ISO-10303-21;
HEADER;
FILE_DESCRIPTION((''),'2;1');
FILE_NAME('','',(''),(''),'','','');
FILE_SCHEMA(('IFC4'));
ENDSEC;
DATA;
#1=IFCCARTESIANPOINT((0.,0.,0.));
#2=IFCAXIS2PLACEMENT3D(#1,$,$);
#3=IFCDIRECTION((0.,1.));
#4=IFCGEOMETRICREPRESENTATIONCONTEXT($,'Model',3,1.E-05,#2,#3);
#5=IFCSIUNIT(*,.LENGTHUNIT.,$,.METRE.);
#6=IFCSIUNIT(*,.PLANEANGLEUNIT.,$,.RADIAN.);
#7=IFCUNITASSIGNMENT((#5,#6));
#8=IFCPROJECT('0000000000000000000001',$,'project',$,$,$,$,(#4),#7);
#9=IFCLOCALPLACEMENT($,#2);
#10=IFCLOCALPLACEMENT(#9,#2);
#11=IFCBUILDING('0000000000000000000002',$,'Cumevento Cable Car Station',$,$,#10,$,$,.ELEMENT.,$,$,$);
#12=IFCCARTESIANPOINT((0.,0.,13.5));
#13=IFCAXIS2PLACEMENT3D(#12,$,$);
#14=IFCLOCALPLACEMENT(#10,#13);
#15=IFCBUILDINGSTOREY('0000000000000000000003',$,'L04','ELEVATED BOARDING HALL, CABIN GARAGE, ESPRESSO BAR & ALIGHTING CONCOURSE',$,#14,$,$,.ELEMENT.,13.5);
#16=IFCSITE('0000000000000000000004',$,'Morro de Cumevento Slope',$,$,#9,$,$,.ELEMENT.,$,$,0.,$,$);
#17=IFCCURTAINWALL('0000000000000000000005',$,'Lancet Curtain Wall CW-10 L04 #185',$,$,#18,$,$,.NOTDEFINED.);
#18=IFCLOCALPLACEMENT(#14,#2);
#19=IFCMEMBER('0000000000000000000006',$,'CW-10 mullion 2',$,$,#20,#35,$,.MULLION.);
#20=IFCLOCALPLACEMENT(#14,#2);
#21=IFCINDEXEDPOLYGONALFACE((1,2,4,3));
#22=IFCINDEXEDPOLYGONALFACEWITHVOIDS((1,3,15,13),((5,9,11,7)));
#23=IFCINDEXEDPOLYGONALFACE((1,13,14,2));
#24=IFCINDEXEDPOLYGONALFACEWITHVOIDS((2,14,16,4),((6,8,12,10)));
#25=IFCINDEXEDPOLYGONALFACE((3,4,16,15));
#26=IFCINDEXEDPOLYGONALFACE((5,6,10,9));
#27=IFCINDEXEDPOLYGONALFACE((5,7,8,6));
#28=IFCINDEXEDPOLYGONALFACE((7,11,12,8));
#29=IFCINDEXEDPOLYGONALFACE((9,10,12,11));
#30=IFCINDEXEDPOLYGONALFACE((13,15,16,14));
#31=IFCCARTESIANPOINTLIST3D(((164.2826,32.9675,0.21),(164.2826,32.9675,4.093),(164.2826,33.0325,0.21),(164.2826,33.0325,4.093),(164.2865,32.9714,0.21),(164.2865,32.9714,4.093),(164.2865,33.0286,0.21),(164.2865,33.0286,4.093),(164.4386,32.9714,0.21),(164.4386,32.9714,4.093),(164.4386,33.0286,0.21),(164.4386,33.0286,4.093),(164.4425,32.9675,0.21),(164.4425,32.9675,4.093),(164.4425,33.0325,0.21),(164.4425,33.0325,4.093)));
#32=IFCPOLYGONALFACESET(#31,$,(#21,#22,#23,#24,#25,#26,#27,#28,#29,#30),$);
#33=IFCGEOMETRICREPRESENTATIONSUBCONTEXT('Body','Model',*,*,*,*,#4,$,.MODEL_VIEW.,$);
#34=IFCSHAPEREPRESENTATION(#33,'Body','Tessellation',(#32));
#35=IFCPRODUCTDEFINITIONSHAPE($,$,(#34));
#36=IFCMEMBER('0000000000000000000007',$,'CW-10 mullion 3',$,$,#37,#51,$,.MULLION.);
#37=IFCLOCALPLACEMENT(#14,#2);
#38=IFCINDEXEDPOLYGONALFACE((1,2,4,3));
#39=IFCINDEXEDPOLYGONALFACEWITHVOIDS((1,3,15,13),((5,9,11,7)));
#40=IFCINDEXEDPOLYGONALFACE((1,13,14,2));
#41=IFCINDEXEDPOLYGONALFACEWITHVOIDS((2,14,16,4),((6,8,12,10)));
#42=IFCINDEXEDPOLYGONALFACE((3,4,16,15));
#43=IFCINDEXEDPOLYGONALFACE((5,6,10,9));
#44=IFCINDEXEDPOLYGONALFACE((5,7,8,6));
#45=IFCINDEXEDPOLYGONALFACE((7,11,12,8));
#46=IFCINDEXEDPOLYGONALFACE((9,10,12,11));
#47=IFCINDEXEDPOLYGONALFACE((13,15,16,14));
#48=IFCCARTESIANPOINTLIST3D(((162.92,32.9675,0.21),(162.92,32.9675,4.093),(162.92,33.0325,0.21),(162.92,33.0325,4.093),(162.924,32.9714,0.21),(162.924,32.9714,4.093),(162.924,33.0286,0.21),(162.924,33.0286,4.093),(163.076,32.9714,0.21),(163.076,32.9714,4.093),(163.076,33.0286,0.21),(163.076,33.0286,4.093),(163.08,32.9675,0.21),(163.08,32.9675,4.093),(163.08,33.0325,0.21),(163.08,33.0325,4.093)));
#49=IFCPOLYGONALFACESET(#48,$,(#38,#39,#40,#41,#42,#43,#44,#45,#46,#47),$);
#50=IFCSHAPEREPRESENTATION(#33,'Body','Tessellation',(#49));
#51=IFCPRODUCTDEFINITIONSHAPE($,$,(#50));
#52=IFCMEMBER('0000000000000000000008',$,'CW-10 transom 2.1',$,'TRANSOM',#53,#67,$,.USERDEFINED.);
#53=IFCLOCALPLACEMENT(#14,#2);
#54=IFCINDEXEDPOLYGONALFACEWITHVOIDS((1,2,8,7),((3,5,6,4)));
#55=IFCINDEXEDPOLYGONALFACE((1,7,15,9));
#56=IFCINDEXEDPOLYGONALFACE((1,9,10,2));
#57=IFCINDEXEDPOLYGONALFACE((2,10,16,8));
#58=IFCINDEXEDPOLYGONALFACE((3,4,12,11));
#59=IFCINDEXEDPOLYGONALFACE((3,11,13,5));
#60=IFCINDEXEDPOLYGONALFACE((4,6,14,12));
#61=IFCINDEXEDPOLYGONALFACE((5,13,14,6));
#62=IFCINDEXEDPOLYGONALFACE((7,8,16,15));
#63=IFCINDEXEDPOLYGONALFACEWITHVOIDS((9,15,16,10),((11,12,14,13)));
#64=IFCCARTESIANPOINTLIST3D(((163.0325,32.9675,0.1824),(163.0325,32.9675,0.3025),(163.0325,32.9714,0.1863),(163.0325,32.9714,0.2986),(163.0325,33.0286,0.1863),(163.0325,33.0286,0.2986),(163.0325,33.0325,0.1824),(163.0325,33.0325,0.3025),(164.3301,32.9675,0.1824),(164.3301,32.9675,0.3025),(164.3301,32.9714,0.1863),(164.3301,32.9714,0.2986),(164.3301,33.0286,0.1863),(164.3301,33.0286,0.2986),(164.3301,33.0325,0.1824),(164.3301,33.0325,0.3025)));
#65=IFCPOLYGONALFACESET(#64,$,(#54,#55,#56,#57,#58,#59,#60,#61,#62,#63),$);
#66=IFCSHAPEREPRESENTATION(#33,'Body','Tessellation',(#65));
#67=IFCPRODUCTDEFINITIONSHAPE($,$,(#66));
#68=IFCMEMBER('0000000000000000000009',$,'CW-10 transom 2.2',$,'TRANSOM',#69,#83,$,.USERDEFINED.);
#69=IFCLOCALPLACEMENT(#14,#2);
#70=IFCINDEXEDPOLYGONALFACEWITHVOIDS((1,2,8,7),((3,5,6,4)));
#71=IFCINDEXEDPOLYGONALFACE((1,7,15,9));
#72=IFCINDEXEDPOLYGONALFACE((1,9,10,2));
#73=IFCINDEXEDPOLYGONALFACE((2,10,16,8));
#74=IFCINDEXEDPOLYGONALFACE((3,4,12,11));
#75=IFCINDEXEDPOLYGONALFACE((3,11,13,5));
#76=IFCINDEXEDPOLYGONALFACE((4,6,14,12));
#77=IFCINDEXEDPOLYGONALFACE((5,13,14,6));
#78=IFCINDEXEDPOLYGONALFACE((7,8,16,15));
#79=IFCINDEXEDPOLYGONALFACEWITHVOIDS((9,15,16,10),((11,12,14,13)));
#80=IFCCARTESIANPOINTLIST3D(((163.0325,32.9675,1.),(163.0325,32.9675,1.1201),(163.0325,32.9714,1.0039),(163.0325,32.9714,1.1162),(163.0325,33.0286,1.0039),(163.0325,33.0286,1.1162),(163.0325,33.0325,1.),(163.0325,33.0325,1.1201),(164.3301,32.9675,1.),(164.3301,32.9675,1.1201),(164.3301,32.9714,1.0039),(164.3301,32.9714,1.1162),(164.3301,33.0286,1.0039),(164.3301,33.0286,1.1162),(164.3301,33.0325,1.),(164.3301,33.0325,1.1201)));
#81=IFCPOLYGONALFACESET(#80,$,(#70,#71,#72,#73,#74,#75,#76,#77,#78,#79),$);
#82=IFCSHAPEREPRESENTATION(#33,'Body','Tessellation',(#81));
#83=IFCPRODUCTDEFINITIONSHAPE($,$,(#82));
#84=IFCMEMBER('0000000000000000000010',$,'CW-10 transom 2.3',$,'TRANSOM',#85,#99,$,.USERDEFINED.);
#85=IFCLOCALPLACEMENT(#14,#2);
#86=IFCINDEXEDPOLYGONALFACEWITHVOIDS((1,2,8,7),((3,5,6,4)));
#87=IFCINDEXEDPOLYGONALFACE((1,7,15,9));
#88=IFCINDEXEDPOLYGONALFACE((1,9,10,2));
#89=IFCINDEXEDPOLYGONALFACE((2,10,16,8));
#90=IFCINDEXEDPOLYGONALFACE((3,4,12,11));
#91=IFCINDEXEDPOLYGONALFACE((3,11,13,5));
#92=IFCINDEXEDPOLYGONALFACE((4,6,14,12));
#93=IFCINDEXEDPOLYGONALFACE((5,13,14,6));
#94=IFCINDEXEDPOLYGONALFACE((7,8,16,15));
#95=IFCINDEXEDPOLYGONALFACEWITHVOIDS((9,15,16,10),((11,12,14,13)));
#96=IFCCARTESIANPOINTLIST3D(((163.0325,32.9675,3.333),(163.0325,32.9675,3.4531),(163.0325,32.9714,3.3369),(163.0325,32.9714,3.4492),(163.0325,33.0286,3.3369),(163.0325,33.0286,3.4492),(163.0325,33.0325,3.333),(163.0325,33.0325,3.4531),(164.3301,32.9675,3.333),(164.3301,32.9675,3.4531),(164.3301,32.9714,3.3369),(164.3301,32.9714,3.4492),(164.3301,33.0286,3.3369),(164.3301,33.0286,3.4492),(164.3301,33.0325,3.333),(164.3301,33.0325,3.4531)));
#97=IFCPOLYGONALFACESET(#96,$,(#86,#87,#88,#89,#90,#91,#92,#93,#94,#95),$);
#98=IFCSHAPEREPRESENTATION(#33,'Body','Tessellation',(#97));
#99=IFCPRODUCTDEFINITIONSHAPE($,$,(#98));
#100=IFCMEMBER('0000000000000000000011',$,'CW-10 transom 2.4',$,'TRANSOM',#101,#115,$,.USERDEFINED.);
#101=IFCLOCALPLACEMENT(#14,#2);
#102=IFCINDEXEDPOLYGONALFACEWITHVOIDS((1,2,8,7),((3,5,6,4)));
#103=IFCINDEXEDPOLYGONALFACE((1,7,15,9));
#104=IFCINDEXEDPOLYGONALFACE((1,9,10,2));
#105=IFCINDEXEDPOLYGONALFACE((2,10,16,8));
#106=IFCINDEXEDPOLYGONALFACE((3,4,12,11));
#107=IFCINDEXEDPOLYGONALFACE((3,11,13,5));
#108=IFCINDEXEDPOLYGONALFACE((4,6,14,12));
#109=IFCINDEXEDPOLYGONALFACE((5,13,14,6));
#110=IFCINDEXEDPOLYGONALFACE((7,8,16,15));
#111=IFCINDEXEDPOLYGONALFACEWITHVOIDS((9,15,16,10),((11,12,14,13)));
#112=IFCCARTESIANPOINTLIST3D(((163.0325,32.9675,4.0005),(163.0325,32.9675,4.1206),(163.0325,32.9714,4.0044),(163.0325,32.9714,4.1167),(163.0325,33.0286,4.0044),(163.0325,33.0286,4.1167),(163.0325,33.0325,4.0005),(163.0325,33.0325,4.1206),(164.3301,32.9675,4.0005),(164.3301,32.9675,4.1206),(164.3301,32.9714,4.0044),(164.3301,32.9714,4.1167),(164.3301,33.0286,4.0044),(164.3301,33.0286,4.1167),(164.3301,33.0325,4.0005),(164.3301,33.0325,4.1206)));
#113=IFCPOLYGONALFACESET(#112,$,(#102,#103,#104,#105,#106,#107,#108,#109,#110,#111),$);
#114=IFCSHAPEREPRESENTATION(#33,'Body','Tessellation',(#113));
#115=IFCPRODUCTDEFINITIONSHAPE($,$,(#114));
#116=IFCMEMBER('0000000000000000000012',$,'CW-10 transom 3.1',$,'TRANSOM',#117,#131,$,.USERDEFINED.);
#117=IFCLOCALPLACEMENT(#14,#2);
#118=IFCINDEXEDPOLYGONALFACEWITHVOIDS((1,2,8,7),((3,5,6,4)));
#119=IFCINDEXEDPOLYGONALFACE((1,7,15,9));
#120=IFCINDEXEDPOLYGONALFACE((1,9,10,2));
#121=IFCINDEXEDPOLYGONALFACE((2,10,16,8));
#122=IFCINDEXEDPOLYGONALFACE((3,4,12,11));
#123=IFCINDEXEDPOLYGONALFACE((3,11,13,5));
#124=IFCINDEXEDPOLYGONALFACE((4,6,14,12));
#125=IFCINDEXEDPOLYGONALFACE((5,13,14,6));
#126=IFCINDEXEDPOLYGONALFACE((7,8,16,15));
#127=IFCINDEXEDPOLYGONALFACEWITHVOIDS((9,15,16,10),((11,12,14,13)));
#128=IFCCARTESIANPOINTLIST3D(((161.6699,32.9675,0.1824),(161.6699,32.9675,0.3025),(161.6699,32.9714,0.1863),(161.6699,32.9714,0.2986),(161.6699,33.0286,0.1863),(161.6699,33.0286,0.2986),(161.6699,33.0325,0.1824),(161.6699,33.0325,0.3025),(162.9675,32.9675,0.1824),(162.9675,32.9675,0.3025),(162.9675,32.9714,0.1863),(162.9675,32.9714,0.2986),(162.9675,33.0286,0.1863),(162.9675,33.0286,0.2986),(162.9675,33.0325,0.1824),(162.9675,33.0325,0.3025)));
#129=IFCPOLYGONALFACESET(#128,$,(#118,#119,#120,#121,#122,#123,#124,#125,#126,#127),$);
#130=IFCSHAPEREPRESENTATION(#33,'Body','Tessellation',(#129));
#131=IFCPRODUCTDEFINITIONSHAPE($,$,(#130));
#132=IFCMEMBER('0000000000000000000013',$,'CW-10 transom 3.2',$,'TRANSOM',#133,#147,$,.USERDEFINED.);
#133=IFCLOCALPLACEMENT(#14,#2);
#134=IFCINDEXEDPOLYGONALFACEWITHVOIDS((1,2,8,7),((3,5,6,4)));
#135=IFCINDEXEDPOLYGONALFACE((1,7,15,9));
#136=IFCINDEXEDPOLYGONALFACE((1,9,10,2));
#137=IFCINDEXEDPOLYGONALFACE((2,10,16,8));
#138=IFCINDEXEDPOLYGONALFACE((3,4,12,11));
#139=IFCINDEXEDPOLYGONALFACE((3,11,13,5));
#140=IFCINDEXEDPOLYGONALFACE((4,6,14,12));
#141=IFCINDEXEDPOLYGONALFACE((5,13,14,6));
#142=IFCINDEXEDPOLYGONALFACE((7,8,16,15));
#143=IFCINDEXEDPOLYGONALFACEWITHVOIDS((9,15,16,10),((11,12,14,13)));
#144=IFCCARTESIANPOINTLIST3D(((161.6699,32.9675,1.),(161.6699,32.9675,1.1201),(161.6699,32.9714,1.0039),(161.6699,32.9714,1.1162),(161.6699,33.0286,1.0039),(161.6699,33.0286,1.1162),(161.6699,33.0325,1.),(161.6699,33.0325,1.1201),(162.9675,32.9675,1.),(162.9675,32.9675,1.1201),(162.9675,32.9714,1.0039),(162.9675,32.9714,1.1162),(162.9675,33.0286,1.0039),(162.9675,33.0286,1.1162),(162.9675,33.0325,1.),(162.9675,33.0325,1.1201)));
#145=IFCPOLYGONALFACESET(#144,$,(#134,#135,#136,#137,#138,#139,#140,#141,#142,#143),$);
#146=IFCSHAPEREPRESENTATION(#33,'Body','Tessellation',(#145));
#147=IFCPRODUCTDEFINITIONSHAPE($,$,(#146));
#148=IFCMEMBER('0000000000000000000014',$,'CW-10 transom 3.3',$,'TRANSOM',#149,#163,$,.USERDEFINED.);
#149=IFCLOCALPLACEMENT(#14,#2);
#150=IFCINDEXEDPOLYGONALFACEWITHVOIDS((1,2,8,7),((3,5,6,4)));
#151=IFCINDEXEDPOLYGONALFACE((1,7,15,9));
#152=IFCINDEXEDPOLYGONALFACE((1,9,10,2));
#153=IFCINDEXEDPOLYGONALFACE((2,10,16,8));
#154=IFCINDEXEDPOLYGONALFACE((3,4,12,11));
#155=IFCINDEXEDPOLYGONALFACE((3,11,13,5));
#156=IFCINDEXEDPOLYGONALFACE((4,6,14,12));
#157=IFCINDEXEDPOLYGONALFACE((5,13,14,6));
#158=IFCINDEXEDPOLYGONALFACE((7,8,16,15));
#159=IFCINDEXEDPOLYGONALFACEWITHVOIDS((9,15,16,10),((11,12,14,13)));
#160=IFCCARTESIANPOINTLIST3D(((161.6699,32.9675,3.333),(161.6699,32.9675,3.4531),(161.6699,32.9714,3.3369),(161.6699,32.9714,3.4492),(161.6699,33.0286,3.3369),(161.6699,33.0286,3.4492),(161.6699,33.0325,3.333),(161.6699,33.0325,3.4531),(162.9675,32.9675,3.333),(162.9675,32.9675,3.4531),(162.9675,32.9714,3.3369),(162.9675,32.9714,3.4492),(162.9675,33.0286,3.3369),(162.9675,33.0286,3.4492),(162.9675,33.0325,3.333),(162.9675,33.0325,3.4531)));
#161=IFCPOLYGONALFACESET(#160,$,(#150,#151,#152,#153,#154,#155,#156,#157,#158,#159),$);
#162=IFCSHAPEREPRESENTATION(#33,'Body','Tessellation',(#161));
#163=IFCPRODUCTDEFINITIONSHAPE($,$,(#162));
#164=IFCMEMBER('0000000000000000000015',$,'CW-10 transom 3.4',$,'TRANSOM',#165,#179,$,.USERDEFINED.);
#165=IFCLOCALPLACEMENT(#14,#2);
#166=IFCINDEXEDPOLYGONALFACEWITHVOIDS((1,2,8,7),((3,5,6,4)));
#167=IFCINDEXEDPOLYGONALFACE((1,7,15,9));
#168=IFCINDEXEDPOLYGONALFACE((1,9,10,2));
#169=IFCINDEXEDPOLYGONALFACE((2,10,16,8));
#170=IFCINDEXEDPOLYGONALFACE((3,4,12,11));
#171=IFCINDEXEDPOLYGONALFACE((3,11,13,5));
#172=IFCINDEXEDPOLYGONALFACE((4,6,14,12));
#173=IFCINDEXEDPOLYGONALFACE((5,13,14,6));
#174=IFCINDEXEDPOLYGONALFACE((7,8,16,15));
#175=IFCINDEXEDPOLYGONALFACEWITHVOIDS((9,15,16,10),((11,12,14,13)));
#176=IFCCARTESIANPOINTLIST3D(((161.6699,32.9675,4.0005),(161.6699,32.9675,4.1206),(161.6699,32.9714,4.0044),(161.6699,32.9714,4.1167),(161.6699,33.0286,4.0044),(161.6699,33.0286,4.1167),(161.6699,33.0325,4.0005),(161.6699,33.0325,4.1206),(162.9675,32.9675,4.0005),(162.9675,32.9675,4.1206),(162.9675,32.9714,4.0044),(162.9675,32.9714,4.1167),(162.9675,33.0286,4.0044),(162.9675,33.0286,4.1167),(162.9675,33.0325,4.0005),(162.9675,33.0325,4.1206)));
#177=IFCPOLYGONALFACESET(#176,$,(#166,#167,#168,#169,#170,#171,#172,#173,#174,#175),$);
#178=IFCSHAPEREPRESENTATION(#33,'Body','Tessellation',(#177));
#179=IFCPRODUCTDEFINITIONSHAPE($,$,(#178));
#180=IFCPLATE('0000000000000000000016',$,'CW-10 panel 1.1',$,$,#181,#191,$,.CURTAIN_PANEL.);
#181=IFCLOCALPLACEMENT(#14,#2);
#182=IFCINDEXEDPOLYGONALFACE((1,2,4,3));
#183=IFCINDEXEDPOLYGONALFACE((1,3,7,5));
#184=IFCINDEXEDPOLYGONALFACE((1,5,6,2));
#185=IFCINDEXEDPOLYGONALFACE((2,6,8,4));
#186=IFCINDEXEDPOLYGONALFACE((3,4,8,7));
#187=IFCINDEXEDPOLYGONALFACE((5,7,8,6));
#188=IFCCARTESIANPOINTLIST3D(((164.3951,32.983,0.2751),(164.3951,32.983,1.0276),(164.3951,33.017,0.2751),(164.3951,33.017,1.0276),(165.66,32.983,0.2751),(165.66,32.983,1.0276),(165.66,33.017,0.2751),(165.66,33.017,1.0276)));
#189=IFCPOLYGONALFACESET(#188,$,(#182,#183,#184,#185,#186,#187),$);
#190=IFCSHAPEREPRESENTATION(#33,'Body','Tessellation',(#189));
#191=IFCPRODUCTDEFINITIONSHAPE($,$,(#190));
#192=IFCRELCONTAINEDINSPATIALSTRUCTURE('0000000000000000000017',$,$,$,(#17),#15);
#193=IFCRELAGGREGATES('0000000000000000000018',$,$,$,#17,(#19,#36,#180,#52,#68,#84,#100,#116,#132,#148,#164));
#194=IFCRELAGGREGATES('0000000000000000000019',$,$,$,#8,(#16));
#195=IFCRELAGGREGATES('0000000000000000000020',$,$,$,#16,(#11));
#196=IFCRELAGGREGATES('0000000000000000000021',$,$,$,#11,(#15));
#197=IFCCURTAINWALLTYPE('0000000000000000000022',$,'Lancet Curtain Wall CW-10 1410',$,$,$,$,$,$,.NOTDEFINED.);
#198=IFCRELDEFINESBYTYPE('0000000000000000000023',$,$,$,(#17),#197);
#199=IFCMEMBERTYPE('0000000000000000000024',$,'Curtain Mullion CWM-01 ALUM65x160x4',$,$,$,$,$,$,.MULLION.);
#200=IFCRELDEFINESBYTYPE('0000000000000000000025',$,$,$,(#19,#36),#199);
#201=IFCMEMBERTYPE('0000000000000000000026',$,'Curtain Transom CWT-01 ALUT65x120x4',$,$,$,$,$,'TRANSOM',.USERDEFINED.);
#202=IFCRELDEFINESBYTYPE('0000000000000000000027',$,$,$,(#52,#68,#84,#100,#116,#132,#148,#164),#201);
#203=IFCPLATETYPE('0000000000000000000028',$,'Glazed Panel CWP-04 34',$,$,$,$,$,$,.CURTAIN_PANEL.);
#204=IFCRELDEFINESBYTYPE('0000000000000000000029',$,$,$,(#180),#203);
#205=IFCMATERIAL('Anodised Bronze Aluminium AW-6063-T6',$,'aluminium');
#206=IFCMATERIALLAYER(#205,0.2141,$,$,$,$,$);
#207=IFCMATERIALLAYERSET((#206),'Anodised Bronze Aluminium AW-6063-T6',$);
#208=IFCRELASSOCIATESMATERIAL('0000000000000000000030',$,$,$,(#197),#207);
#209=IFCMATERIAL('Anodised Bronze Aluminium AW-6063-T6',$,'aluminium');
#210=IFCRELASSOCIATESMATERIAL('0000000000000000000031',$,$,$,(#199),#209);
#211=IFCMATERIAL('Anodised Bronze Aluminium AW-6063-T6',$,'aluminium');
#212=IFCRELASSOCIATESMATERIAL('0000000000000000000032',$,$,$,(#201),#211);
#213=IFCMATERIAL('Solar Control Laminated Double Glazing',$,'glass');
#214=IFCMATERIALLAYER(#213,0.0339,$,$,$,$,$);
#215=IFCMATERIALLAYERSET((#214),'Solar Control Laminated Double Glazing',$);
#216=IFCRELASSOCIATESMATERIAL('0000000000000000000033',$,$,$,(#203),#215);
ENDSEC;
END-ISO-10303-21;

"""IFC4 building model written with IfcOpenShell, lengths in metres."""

from ifc_helpers import new_model, si_unit, direction, frame, origin, origin_2d, place, context, subcontext, project, spatial, rectangle, hollow_rectangle, extrude, material, layer, layer_set, material_profile, profile_set, type_object, element, aggregate, save


model = new_model("IFC4")

# Units and contexts
model_context = context("Model", 3, precision=1e-05, world=origin(), true_north=direction((0.0, 1.0)))
body_context = subcontext(model_context, "Body", "Model", "MODEL_VIEW")
ifc_project = project(units=[si_unit("LENGTHUNIT", "METRE"), si_unit("PLANEANGLEUNIT", "RADIAN")], contexts=[model_context])

# Site, building, storey
site_placement = place(None, origin())
site = spatial("IfcSite", under=ifc_project, at=site_placement, Name="Morro de Cumevento Slope", CompositionType="ELEMENT", RefElevation=0.0)
building_placement = place(site_placement, origin())
building = spatial("IfcBuilding", under=site, at=building_placement, Name="Cumevento Cable Car Station", CompositionType="ELEMENT")
storey_placement = place(building_placement, frame((0.0, 0.0, 13.5)))
storey = spatial("IfcBuildingStorey", under=building, at=storey_placement, Name="L04", Description="ELEVATED BOARDING HALL, CABIN GARAGE, ESPRESSO BAR & ALIGHTING CONCOURSE", CompositionType="ELEMENT", Elevation=13.5)

# Curtain wall, members, plate
ifc_material_1 = material(Name="Anodised Bronze Aluminium AW-6063-T6", Category="aluminium")
ifc_layer_1 = layer(ifc_material_1, 0.2141)
ifc_layer_set_1 = layer_set([ifc_layer_1], Name="Anodised Bronze Aluminium AW-6063-T6")
curtain_wall_type = type_object("IfcCurtainWallType", Name="Lancet Curtain Wall CW-10 1410", PredefinedType="NOTDEFINED", material=ifc_layer_set_1)
curtain_wall_placement = place(storey_placement, origin())
curtain_wall = element("IfcCurtainWall", 1, at=curtain_wall_placement, inside=storey, type_object=curtain_wall_type, Name="Lancet Curtain Wall CW-10 L04 #185", PredefinedType="NOTDEFINED")
ifc_material_2 = material(Name="Anodised Bronze Aluminium AW-6063-T6", Category="aluminium")
ifc_material_profile_1 = material_profile(ifc_material_2, hollow_rectangle(XDim=0.0649, YDim=0.1599, WallThickness=0.0039, at=origin_2d()), Name="ALUM65x160x4")
ifc_profile_set_1 = profile_set([ifc_material_profile_1], Name="Anodised Bronze Aluminium AW-6063-T6")
member_type_1 = type_object("IfcMemberType", Name="Curtain Mullion CWM-01 ALUM65x160x4", PredefinedType="MULLION", material=ifc_profile_set_1)
member_1_placement = place(storey_placement, frame((164.3625, 33.0, 0.21), z_axis=(0.0, 0.0, 1.0), x_axis=(0.0, -1.0, 0.0)))
member_1 = element("IfcMember", 2, at=member_1_placement, type_object=member_type_1, Name="CW-10 mullion 2", PredefinedType="MULLION", context=body_context, shape_type="SweptSolid", body=[
    extrude(hollow_rectangle(XDim=0.0649, YDim=0.1599, WallThickness=0.0039, at=origin_2d()), origin(), (0.0, 0.0, 1.0), 3.8831),
])
member_2_placement = place(storey_placement, frame((163.0, 33.0, 0.21), z_axis=(0.0, 0.0, 1.0), x_axis=(0.0, -1.0, 0.0)))
member_2 = element("IfcMember", 3, at=member_2_placement, type_object=member_type_1, Name="CW-10 mullion 3", PredefinedType="MULLION", context=body_context, shape_type="SweptSolid", body=[
    extrude(hollow_rectangle(XDim=0.0649, YDim=0.1599, WallThickness=0.0039, at=origin_2d()), origin(), (0.0, 0.0, 1.0), 3.8831),
])
ifc_material_3 = material(Name="Anodised Bronze Aluminium AW-6063-T6", Category="aluminium")
ifc_material_profile_2 = material_profile(ifc_material_3, hollow_rectangle(XDim=0.0649, YDim=0.1201, WallThickness=0.0039, at=origin_2d()), Name="ALUT65x120x4")
ifc_profile_set_2 = profile_set([ifc_material_profile_2], Name="Anodised Bronze Aluminium AW-6063-T6")
member_type_2 = type_object("IfcMemberType", Name="Curtain Transom CWT-01 ALUT65x120x4", ElementType="TRANSOM", PredefinedType="USERDEFINED", material=ifc_profile_set_2)
member_3_placement = place(storey_placement, frame((164.3301, 33.0, 0.2424), z_axis=(-1.0, 0.0, 0.0), x_axis=(0.0, -1.0, 0.0)))
member_3 = element("IfcMember", 4, at=member_3_placement, type_object=member_type_2, Name="CW-10 transom 2.1", ObjectType="TRANSOM", PredefinedType="USERDEFINED", context=body_context, shape_type="SweptSolid", body=[
    extrude(hollow_rectangle(XDim=0.0649, YDim=0.1201, WallThickness=0.0039, at=origin_2d()), origin(), (0.0, 0.0, 1.0), 1.2976),
])
member_4_placement = place(storey_placement, frame((164.3301, 33.0, 1.0601), z_axis=(-1.0, 0.0, 0.0), x_axis=(0.0, -1.0, 0.0)))
member_4 = element("IfcMember", 5, at=member_4_placement, type_object=member_type_2, Name="CW-10 transom 2.2", ObjectType="TRANSOM", PredefinedType="USERDEFINED", context=body_context, shape_type="SweptSolid", body=[
    extrude(hollow_rectangle(XDim=0.0649, YDim=0.1201, WallThickness=0.0039, at=origin_2d()), origin(), (0.0, 0.0, 1.0), 1.2976),
])
member_5_placement = place(storey_placement, frame((164.3301, 33.0, 3.3931), z_axis=(-1.0, 0.0, 0.0), x_axis=(0.0, -1.0, 0.0)))
member_5 = element("IfcMember", 6, at=member_5_placement, type_object=member_type_2, Name="CW-10 transom 2.3", ObjectType="TRANSOM", PredefinedType="USERDEFINED", context=body_context, shape_type="SweptSolid", body=[
    extrude(hollow_rectangle(XDim=0.0649, YDim=0.1201, WallThickness=0.0039, at=origin_2d()), origin(), (0.0, 0.0, 1.0), 1.2976),
])
member_6_placement = place(storey_placement, frame((164.3301, 33.0, 4.0605), z_axis=(-1.0, 0.0, 0.0), x_axis=(0.0, -1.0, 0.0)))
member_6 = element("IfcMember", 7, at=member_6_placement, type_object=member_type_2, Name="CW-10 transom 2.4", ObjectType="TRANSOM", PredefinedType="USERDEFINED", context=body_context, shape_type="SweptSolid", body=[
    extrude(hollow_rectangle(XDim=0.0649, YDim=0.1201, WallThickness=0.0039, at=origin_2d()), origin(), (0.0, 0.0, 1.0), 1.2976),
])
member_7_placement = place(storey_placement, frame((162.9675, 33.0, 0.2424), z_axis=(-1.0, 0.0, 0.0), x_axis=(0.0, -1.0, 0.0)))
member_7 = element("IfcMember", 8, at=member_7_placement, type_object=member_type_2, Name="CW-10 transom 3.1", ObjectType="TRANSOM", PredefinedType="USERDEFINED", context=body_context, shape_type="SweptSolid", body=[
    extrude(hollow_rectangle(XDim=0.0649, YDim=0.1201, WallThickness=0.0039, at=origin_2d()), origin(), (0.0, 0.0, 1.0), 1.2976),
])
member_8_placement = place(storey_placement, frame((162.9675, 33.0, 1.0601), z_axis=(-1.0, 0.0, 0.0), x_axis=(0.0, -1.0, 0.0)))
member_8 = element("IfcMember", 9, at=member_8_placement, type_object=member_type_2, Name="CW-10 transom 3.2", ObjectType="TRANSOM", PredefinedType="USERDEFINED", context=body_context, shape_type="SweptSolid", body=[
    extrude(hollow_rectangle(XDim=0.0649, YDim=0.1201, WallThickness=0.0039, at=origin_2d()), origin(), (0.0, 0.0, 1.0), 1.2976),
])
member_9_placement = place(storey_placement, frame((162.9675, 33.0, 3.3931), z_axis=(-1.0, 0.0, 0.0), x_axis=(0.0, -1.0, 0.0)))
member_9 = element("IfcMember", 10, at=member_9_placement, type_object=member_type_2, Name="CW-10 transom 3.3", ObjectType="TRANSOM", PredefinedType="USERDEFINED", context=body_context, shape_type="SweptSolid", body=[
    extrude(hollow_rectangle(XDim=0.0649, YDim=0.1201, WallThickness=0.0039, at=origin_2d()), origin(), (0.0, 0.0, 1.0), 1.2976),
])
member_10_placement = place(storey_placement, frame((162.9675, 33.0, 4.0605), z_axis=(-1.0, 0.0, 0.0), x_axis=(0.0, -1.0, 0.0)))
member_10 = element("IfcMember", 11, at=member_10_placement, type_object=member_type_2, Name="CW-10 transom 3.4", ObjectType="TRANSOM", PredefinedType="USERDEFINED", context=body_context, shape_type="SweptSolid", body=[
    extrude(hollow_rectangle(XDim=0.0649, YDim=0.1201, WallThickness=0.0039, at=origin_2d()), origin(), (0.0, 0.0, 1.0), 1.2976),
])
ifc_material_4 = material(Name="Solar Control Laminated Double Glazing", Category="glass")
ifc_layer_2 = layer(ifc_material_4, 0.0339)
ifc_layer_set_2 = layer_set([ifc_layer_2], Name="Solar Control Laminated Double Glazing")
plate_type = type_object("IfcPlateType", Name="Glazed Panel CWP-04 34", PredefinedType="CURTAIN_PANEL", material=ifc_layer_set_2)
plate_1_placement = place(storey_placement, frame((165.0276, 33.0, 0.2751), z_axis=(0.0, 0.0, 1.0), x_axis=(-1.0, 0.0, 0.0)))
plate_1 = element("IfcPlate", 12, at=plate_1_placement, type_object=plate_type, Name="CW-10 panel 1.1", PredefinedType="CURTAIN_PANEL", context=body_context, shape_type="SweptSolid", body=[
    extrude(rectangle(XDim=1.2649, YDim=0.0339, at=origin_2d()), origin(), (0.0, 0.0, 1.0), 0.7524),
])
aggregate(curtain_wall, [member_1, member_2, plate_1, member_3, member_4, member_5, member_6, member_7, member_8, member_9, member_10])

save(model, "model.ifc")
